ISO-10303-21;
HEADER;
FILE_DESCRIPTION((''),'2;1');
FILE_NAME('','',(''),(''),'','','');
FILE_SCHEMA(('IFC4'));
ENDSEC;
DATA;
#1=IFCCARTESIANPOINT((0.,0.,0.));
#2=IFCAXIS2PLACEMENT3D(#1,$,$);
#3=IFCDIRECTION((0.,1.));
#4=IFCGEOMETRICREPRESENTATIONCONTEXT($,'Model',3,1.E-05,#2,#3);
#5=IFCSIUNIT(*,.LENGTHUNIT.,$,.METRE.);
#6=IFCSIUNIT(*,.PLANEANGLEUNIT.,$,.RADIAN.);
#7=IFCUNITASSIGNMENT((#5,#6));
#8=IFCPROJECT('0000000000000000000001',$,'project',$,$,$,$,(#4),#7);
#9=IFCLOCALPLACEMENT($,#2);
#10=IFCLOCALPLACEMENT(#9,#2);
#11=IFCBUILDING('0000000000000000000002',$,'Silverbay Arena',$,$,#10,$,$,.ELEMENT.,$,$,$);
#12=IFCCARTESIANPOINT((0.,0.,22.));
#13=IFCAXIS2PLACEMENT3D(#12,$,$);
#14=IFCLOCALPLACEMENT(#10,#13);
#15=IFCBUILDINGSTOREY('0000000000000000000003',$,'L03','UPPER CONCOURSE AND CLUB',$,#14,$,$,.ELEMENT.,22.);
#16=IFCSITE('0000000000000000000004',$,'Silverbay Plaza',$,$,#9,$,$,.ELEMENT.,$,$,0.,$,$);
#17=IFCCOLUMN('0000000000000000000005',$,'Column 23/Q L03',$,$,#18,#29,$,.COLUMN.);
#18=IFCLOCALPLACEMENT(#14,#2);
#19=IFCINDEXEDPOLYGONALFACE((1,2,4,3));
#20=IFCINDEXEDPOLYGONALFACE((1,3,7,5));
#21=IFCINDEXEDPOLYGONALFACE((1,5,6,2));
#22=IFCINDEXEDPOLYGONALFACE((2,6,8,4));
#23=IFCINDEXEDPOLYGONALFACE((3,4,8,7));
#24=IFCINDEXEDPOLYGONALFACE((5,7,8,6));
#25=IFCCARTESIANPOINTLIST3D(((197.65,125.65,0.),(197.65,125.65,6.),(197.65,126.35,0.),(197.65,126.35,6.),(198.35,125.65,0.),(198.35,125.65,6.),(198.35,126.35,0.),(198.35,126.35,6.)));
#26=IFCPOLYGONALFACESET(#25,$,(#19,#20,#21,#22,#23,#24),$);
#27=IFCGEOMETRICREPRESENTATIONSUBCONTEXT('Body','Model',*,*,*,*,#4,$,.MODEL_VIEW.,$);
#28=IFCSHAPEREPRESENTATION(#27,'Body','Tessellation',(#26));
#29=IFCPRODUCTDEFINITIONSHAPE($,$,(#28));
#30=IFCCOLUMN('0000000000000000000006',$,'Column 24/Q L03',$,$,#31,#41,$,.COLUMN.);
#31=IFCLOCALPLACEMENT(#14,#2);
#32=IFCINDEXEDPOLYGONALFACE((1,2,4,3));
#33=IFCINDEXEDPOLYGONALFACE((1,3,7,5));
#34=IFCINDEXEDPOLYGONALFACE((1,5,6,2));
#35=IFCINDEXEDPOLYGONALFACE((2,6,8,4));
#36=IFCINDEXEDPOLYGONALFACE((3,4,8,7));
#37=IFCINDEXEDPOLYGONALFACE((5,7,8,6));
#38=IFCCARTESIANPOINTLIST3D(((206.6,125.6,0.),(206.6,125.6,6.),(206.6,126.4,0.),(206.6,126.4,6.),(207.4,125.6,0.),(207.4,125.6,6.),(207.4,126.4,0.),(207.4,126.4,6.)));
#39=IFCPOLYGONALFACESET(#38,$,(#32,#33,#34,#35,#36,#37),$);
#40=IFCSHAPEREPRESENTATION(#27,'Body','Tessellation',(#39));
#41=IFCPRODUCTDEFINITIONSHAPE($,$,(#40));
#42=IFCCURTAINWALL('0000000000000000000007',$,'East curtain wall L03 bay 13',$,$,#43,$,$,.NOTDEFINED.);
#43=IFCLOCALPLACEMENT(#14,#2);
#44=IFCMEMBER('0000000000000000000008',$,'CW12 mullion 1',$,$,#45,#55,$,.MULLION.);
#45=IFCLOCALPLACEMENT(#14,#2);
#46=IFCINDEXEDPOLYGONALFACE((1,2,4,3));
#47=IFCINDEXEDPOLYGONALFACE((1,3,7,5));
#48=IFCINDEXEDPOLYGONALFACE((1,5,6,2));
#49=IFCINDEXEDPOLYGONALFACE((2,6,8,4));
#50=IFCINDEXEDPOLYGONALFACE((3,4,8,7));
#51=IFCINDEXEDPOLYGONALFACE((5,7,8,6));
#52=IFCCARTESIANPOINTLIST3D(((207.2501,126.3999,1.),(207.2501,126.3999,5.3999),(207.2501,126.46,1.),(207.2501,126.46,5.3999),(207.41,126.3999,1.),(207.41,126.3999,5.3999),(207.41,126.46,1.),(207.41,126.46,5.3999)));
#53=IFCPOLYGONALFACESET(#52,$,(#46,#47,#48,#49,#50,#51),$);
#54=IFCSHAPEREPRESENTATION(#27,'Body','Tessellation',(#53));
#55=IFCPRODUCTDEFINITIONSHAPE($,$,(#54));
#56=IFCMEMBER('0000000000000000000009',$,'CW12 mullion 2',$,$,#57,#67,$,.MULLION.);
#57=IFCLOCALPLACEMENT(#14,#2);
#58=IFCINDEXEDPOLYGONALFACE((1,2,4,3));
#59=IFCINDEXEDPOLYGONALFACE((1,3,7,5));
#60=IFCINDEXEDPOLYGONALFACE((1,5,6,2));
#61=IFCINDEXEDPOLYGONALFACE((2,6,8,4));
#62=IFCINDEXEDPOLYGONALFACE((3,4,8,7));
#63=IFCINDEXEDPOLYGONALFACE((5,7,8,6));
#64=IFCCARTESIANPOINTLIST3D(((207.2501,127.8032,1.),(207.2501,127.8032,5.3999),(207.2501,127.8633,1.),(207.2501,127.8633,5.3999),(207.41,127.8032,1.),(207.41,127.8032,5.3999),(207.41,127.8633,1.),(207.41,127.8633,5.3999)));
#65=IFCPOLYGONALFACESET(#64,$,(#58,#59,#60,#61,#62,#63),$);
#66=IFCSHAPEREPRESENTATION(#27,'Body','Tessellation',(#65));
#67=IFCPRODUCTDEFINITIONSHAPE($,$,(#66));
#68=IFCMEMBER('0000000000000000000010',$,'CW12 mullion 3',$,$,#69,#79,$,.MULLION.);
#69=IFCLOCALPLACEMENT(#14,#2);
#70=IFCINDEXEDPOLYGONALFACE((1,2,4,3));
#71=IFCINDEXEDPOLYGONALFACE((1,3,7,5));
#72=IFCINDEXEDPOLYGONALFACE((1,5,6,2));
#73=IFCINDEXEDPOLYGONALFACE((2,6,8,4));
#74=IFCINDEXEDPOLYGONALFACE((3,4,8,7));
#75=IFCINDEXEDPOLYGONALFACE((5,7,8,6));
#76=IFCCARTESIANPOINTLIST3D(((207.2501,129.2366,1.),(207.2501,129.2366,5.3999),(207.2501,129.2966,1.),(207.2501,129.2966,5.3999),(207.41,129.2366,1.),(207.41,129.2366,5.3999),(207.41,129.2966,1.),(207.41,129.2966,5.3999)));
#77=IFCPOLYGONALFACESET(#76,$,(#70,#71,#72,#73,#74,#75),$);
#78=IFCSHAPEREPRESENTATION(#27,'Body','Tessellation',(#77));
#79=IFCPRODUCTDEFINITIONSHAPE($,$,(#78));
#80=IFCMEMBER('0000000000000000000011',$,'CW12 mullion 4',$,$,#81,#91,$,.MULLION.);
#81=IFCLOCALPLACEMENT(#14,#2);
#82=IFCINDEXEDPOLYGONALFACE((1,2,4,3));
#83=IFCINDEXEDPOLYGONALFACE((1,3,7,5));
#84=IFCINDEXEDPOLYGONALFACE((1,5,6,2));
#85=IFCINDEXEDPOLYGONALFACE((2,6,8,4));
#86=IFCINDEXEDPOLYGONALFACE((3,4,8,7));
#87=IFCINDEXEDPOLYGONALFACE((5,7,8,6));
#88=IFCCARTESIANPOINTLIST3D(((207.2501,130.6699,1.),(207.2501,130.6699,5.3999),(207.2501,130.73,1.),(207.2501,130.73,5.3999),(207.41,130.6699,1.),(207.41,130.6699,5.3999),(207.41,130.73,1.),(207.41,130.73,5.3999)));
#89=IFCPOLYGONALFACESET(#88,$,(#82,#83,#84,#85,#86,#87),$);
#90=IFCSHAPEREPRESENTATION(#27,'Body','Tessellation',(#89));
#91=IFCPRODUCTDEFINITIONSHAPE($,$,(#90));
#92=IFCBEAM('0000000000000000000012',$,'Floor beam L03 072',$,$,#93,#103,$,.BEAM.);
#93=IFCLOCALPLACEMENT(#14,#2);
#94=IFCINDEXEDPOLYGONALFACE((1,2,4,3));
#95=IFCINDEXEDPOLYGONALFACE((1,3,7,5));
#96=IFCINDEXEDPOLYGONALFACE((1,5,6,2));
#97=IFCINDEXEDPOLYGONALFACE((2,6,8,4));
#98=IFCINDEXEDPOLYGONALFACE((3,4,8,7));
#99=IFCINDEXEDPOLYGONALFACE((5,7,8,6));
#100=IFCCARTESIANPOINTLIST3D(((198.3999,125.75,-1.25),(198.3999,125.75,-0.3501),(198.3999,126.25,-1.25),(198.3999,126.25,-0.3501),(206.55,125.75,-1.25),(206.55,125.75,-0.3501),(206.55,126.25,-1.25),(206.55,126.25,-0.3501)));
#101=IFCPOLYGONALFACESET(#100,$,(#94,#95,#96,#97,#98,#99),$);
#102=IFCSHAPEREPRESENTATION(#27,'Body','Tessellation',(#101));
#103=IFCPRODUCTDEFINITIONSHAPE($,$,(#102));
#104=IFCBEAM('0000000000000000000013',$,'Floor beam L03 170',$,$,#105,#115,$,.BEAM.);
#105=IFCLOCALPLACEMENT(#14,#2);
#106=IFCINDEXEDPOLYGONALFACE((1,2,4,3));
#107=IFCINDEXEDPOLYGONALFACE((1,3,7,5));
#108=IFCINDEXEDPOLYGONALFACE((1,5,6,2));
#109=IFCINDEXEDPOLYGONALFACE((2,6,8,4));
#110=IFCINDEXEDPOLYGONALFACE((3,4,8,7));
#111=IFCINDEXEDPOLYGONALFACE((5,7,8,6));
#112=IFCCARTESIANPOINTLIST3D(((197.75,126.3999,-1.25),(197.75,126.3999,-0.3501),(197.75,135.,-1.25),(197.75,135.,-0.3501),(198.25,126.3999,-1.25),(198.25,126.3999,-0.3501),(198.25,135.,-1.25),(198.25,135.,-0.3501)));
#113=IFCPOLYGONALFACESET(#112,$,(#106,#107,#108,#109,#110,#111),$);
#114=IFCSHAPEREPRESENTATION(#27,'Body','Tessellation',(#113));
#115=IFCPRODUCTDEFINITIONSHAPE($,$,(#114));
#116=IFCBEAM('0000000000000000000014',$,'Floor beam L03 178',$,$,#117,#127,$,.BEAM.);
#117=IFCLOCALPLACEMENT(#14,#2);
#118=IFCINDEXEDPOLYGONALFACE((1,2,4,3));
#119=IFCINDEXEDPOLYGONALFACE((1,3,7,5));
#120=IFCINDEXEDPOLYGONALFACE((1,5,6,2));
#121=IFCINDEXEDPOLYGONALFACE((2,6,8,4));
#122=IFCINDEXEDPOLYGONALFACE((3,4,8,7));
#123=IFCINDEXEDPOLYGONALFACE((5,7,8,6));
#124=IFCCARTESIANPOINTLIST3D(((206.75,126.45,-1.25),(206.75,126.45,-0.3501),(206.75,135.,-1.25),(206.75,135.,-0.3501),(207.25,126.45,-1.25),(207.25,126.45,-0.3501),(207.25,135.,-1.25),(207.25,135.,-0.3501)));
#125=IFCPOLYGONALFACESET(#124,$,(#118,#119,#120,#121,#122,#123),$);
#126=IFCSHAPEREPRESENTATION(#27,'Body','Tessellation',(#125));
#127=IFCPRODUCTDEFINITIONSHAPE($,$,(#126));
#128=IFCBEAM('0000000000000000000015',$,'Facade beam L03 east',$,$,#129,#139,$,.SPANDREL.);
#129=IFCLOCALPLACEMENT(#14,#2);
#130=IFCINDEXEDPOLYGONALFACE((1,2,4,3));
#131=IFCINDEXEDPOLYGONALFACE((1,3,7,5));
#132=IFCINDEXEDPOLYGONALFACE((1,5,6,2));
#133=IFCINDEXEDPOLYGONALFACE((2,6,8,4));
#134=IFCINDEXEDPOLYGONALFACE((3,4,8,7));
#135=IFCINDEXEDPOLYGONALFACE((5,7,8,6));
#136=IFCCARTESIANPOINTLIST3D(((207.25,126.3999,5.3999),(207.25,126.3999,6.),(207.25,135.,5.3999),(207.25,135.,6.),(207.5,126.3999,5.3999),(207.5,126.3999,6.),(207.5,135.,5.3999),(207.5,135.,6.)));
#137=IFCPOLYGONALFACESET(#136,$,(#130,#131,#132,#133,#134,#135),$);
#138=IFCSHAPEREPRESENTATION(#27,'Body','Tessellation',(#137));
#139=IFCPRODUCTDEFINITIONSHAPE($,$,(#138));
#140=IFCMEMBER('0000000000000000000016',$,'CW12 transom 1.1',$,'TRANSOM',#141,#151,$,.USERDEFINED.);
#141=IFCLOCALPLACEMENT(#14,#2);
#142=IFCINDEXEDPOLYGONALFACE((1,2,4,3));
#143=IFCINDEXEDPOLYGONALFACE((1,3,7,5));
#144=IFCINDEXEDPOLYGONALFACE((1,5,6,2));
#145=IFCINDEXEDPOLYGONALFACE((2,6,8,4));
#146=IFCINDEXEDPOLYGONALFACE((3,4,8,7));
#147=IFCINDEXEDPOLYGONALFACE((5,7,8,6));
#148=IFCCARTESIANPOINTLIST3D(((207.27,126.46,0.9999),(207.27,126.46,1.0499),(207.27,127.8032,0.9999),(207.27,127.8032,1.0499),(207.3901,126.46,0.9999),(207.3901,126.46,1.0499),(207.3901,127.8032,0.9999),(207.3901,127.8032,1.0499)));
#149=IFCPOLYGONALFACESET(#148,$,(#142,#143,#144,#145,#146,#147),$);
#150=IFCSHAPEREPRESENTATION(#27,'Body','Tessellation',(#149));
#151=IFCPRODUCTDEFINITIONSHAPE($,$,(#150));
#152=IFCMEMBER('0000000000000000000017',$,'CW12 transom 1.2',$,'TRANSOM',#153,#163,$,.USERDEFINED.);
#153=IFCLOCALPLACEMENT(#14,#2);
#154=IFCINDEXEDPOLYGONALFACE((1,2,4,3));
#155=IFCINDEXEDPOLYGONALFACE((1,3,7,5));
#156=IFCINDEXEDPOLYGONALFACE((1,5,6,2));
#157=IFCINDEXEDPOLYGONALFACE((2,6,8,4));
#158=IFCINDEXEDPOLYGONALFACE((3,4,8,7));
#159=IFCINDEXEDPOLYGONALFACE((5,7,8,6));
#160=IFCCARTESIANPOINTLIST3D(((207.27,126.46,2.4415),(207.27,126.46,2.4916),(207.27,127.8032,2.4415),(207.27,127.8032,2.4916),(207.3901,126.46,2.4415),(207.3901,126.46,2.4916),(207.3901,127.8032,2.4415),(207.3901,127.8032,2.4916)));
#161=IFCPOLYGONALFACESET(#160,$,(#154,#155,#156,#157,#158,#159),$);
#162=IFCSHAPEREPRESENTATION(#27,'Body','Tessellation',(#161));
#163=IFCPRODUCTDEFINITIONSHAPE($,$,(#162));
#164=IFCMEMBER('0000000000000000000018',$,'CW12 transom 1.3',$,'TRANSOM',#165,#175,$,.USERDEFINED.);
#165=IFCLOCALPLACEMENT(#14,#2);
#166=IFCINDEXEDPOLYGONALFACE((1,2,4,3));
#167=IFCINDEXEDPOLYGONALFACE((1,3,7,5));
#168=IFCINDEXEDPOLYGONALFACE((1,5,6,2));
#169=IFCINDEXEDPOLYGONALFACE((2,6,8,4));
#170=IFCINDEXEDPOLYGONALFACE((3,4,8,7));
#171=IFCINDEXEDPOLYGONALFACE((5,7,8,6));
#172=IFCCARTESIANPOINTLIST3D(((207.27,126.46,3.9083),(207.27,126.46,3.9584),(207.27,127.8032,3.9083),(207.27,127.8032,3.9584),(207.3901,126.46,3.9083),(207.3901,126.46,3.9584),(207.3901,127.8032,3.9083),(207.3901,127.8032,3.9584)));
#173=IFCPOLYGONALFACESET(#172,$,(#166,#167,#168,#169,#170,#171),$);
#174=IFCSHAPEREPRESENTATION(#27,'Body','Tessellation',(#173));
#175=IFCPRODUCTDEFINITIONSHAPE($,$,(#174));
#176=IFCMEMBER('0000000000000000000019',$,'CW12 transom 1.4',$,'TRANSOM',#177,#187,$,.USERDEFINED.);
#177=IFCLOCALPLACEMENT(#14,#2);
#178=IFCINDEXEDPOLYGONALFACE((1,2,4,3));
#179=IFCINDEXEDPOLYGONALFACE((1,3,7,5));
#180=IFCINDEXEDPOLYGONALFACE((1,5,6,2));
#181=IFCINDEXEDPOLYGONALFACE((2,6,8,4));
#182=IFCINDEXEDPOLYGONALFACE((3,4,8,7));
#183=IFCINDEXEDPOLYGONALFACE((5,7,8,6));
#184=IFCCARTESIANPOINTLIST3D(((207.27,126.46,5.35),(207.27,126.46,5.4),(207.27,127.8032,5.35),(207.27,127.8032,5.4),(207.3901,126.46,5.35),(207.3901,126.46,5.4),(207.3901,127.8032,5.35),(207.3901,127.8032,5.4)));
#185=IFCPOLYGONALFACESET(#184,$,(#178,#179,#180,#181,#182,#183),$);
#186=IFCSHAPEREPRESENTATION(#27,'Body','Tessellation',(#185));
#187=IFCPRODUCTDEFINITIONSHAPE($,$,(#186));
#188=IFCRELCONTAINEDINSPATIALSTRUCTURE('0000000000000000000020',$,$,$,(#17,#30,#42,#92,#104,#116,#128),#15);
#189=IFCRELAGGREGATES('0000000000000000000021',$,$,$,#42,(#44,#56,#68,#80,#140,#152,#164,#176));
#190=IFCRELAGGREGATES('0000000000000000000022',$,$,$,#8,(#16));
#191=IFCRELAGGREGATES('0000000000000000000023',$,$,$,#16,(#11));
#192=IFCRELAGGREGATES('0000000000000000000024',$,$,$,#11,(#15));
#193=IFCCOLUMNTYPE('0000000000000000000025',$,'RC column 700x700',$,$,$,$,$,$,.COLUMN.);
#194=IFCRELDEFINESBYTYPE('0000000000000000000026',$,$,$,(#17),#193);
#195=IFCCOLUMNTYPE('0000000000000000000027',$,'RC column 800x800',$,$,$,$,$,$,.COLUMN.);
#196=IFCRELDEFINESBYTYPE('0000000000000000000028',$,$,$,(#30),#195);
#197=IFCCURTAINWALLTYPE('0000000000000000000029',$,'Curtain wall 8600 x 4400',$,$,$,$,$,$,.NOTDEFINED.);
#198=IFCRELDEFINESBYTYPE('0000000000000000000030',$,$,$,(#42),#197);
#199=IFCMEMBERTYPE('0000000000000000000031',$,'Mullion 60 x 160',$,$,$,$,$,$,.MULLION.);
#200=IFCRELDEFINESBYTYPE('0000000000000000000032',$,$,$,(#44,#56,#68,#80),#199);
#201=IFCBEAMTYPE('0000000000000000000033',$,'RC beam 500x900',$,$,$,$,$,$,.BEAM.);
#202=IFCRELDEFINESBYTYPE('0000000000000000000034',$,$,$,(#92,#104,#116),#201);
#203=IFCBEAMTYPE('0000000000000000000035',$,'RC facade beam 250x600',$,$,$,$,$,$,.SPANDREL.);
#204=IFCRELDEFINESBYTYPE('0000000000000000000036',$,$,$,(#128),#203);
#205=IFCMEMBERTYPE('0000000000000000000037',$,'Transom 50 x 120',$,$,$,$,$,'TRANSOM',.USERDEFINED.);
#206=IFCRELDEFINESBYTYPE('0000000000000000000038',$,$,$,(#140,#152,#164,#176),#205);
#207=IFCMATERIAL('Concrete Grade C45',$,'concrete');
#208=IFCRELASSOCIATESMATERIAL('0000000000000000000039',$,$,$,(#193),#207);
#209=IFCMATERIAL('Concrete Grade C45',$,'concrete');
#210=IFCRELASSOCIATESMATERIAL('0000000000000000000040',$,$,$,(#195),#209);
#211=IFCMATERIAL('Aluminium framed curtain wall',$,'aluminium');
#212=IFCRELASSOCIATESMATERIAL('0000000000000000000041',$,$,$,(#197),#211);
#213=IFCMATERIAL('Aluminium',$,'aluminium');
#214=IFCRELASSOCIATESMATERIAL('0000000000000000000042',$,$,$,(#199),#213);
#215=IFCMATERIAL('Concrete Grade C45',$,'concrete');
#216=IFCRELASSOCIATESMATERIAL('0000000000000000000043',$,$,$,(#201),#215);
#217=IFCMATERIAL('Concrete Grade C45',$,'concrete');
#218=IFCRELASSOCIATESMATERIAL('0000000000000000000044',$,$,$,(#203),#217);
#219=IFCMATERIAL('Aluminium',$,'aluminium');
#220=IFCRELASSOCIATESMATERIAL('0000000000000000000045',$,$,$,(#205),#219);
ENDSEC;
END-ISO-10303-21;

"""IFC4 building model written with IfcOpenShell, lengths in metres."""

from ifc_helpers import new_model, si_unit, direction, frame, origin, origin_2d, place, context, subcontext, project, spatial, rectangle, extrude, material, material_profile, profile_set, type_object, element, aggregate, save


model = new_model("IFC4")

# Units and contexts
model_context = context("Model", 3, precision=1e-05, world=origin(), true_north=direction((0.0, 1.0)))
body_context = subcontext(model_context, "Body", "Model", "MODEL_VIEW")
ifc_project = project(units=[si_unit("LENGTHUNIT", "METRE"), si_unit("PLANEANGLEUNIT", "RADIAN")], contexts=[model_context])

# Site, building, storey
site_placement = place(None, origin())
site = spatial("IfcSite", under=ifc_project, at=site_placement, Name="Silverbay Plaza", CompositionType="ELEMENT", RefElevation=0.0)
building_placement = place(site_placement, origin())
building = spatial("IfcBuilding", under=site, at=building_placement, Name="Silverbay Arena", CompositionType="ELEMENT")
storey_placement = place(building_placement, frame((0.0, 0.0, 22.0)))
storey = spatial("IfcBuildingStorey", under=building, at=storey_placement, Name="L03", Description="UPPER CONCOURSE AND CLUB", CompositionType="ELEMENT", Elevation=22.0)

# Columns
ifc_material_1 = material(Name="Concrete Grade C45", Category="concrete")
ifc_material_profile_1 = material_profile(ifc_material_1, rectangle(XDim=0.7, YDim=0.7, at=origin_2d()), Name="RC 700x700")
ifc_profile_set_1 = profile_set([ifc_material_profile_1], Name="Concrete Grade C45")
column_type_1 = type_object("IfcColumnType", Name="RC column 700x700", PredefinedType="COLUMN", material=ifc_profile_set_1)
column_1_placement = place(storey_placement, frame((198.0, 126.0, 0.0), z_axis=(0.0, 0.0, 1.0), x_axis=(1.0, 0.0, 0.0)))
element("IfcColumn", 1, at=column_1_placement, inside=storey, type_object=column_type_1, Name="Column 23/Q L03", PredefinedType="COLUMN", context=body_context, shape_type="SweptSolid", body=[
    extrude(rectangle(XDim=0.7, YDim=0.7, at=origin_2d()), origin(), (0.0, 0.0, 1.0), 6.0),
])
ifc_material_2 = material(Name="Concrete Grade C45", Category="concrete")
ifc_material_profile_2 = material_profile(ifc_material_2, rectangle(XDim=0.8, YDim=0.8, at=origin_2d()), Name="RC 800x800")
ifc_profile_set_2 = profile_set([ifc_material_profile_2], Name="Concrete Grade C45")
column_type_2 = type_object("IfcColumnType", Name="RC column 800x800", PredefinedType="COLUMN", material=ifc_profile_set_2)
column_2_placement = place(storey_placement, frame((207.0, 126.0, 0.0), z_axis=(0.0, 0.0, 1.0), x_axis=(1.0, 0.0, 0.0)))
element("IfcColumn", 2, at=column_2_placement, inside=storey, type_object=column_type_2, Name="Column 24/Q L03", PredefinedType="COLUMN", context=body_context, shape_type="SweptSolid", body=[
    extrude(rectangle(XDim=0.8, YDim=0.8, at=origin_2d()), origin(), (0.0, 0.0, 1.0), 6.0),
])

# Curtain wall, members
ifc_material_3 = material(Name="Aluminium framed curtain wall", Category="aluminium")
curtain_wall_type = type_object("IfcCurtainWallType", Name="Curtain wall 8600 x 4400", PredefinedType="NOTDEFINED", material=ifc_material_3)
curtain_wall_placement = place(storey_placement, origin())
curtain_wall = element("IfcCurtainWall", 3, at=curtain_wall_placement, inside=storey, type_object=curtain_wall_type, Name="East curtain wall L03 bay 13", PredefinedType="NOTDEFINED")
ifc_material_4 = material(Name="Aluminium", Category="aluminium")
ifc_material_profile_3 = material_profile(ifc_material_4, rectangle(XDim=0.1599, YDim=0.0601, at=origin_2d()), Name="Mullion 60 x 160")
ifc_profile_set_3 = profile_set([ifc_material_profile_3], Name="Aluminium")
member_type_1 = type_object("IfcMemberType", Name="Mullion 60 x 160", PredefinedType="MULLION", material=ifc_profile_set_3)
member_1_placement = place(storey_placement, frame((207.3301, 126.4299, 1.0), z_axis=(0.0, 0.0, 1.0), x_axis=(-1.0, 0.0, 0.0)))
member_1 = element("IfcMember", 4, at=member_1_placement, type_object=member_type_1, Name="CW12 mullion 1", PredefinedType="MULLION", context=body_context, shape_type="SweptSolid", body=[
    extrude(rectangle(XDim=0.1599, YDim=0.0601, at=origin_2d()), origin(), (0.0, 0.0, 1.0), 4.3999),
])
member_2_placement = place(storey_placement, frame((207.3301, 127.8333, 1.0), z_axis=(0.0, 0.0, 1.0), x_axis=(-1.0, 0.0, 0.0)))
member_2 = element("IfcMember", 5, at=member_2_placement, type_object=member_type_1, Name="CW12 mullion 2", PredefinedType="MULLION", context=body_context, shape_type="SweptSolid", body=[
    extrude(rectangle(XDim=0.1599, YDim=0.0601, at=origin_2d()), origin(), (0.0, 0.0, 1.0), 4.3999),
])
member_3_placement = place(storey_placement, frame((207.3301, 129.2666, 1.0), z_axis=(0.0, 0.0, 1.0), x_axis=(-1.0, 0.0, 0.0)))
member_3 = element("IfcMember", 6, at=member_3_placement, type_object=member_type_1, Name="CW12 mullion 3", PredefinedType="MULLION", context=body_context, shape_type="SweptSolid", body=[
    extrude(rectangle(XDim=0.1599, YDim=0.0601, at=origin_2d()), origin(), (0.0, 0.0, 1.0), 4.3999),
])
member_4_placement = place(storey_placement, frame((207.3301, 130.7, 1.0), z_axis=(0.0, 0.0, 1.0), x_axis=(-1.0, 0.0, 0.0)))
member_4 = element("IfcMember", 7, at=member_4_placement, type_object=member_type_1, Name="CW12 mullion 4", PredefinedType="MULLION", context=body_context, shape_type="SweptSolid", body=[
    extrude(rectangle(XDim=0.1599, YDim=0.0601, at=origin_2d()), origin(), (0.0, 0.0, 1.0), 4.3999),
])

# Beams
ifc_material_5 = material(Name="Concrete Grade C45", Category="concrete")
ifc_material_profile_4 = material_profile(ifc_material_5, rectangle(XDim=0.5, YDim=0.8999, at=origin_2d()), Name="RC 500x900")
ifc_profile_set_4 = profile_set([ifc_material_profile_4], Name="Concrete Grade C45")
beam_type_1 = type_object("IfcBeamType", Name="RC beam 500x900", PredefinedType="BEAM", material=ifc_profile_set_4)
beam_1_placement = place(storey_placement, frame((198.3999, 126.0, -0.8), z_axis=(1.0, 0.0, 0.0), x_axis=(0.0, 1.0, 0.0)))
element("IfcBeam", 8, at=beam_1_placement, inside=storey, type_object=beam_type_1, Name="Floor beam L03 072", PredefinedType="BEAM", context=body_context, shape_type="SweptSolid", body=[
    extrude(rectangle(XDim=0.5, YDim=0.8999, at=origin_2d()), origin(), (0.0, 0.0, 1.0), 8.1501),
])
beam_2_placement = place(storey_placement, frame((198.0, 126.3999, -0.8), z_axis=(0.0, 1.0, 0.0), x_axis=(-1.0, 0.0, 0.0)))
element("IfcBeam", 9, at=beam_2_placement, inside=storey, type_object=beam_type_1, Name="Floor beam L03 170", PredefinedType="BEAM", context=body_context, shape_type="SweptSolid", body=[
    extrude(rectangle(XDim=0.5, YDim=0.8999, at=origin_2d()), origin(), (0.0, 0.0, 1.0), 8.6001),
])
beam_3_placement = place(storey_placement, frame((207.0, 126.45, -0.8), z_axis=(0.0, 1.0, 0.0), x_axis=(-1.0, 0.0, 0.0)))
element("IfcBeam", 10, at=beam_3_placement, inside=storey, type_object=beam_type_1, Name="Floor beam L03 178", PredefinedType="BEAM", context=body_context, shape_type="SweptSolid", body=[
    extrude(rectangle(XDim=0.5, YDim=0.8999, at=origin_2d()), origin(), (0.0, 0.0, 1.0), 8.55),
])
ifc_material_6 = material(Name="Concrete Grade C45", Category="concrete")
ifc_material_profile_5 = material_profile(ifc_material_6, rectangle(XDim=0.25, YDim=0.6001, at=origin_2d()), Name="RC 250x600")
ifc_profile_set_5 = profile_set([ifc_material_profile_5], Name="Concrete Grade C45")
beam_type_2 = type_object("IfcBeamType", Name="RC facade beam 250x600", PredefinedType="SPANDREL", material=ifc_profile_set_5)
beam_4_placement = place(storey_placement, frame((207.375, 126.3999, 5.7), z_axis=(0.0, 1.0, 0.0), x_axis=(-1.0, 0.0, 0.0)))
element("IfcBeam", 11, at=beam_4_placement, inside=storey, type_object=beam_type_2, Name="Facade beam L03 east", PredefinedType="SPANDREL", context=body_context, shape_type="SweptSolid", body=[
    extrude(rectangle(XDim=0.25, YDim=0.6001, at=origin_2d()), origin(), (0.0, 0.0, 1.0), 8.6001),
])

# Members
ifc_material_7 = material(Name="Aluminium", Category="aluminium")
ifc_material_profile_6 = material_profile(ifc_material_7, rectangle(XDim=0.1201, YDim=0.05, at=origin_2d()), Name="Transom 50 x 120")
ifc_profile_set_6 = profile_set([ifc_material_profile_6], Name="Aluminium")
member_type_2 = type_object("IfcMemberType", Name="Transom 50 x 120", ElementType="TRANSOM", PredefinedType="USERDEFINED", material=ifc_profile_set_6)
member_5_placement = place(storey_placement, frame((207.3301, 126.46, 1.0249), z_axis=(0.0, 1.0, 0.0), x_axis=(-1.0, 0.0, 0.0)))
member_5 = element("IfcMember", 12, at=member_5_placement, type_object=member_type_2, Name="CW12 transom 1.1", ObjectType="TRANSOM", PredefinedType="USERDEFINED", context=body_context, shape_type="SweptSolid", body=[
    extrude(rectangle(XDim=0.1201, YDim=0.05, at=origin_2d()), origin(), (0.0, 0.0, 1.0), 1.3433),
])
member_6_placement = place(storey_placement, frame((207.3301, 126.46, 2.4666), z_axis=(0.0, 1.0, 0.0), x_axis=(-1.0, 0.0, 0.0)))
member_6 = element("IfcMember", 13, at=member_6_placement, type_object=member_type_2, Name="CW12 transom 1.2", ObjectType="TRANSOM", PredefinedType="USERDEFINED", context=body_context, shape_type="SweptSolid", body=[
    extrude(rectangle(XDim=0.1201, YDim=0.05, at=origin_2d()), origin(), (0.0, 0.0, 1.0), 1.3433),
])
member_7_placement = place(storey_placement, frame((207.3301, 126.46, 3.9333), z_axis=(0.0, 1.0, 0.0), x_axis=(-1.0, 0.0, 0.0)))
member_7 = element("IfcMember", 14, at=member_7_placement, type_object=member_type_2, Name="CW12 transom 1.3", ObjectType="TRANSOM", PredefinedType="USERDEFINED", context=body_context, shape_type="SweptSolid", body=[
    extrude(rectangle(XDim=0.1201, YDim=0.05, at=origin_2d()), origin(), (0.0, 0.0, 1.0), 1.3433),
])
member_8_placement = place(storey_placement, frame((207.3301, 126.46, 5.375), z_axis=(0.0, 1.0, 0.0), x_axis=(-1.0, 0.0, 0.0)))
member_8 = element("IfcMember", 15, at=member_8_placement, type_object=member_type_2, Name="CW12 transom 1.4", ObjectType="TRANSOM", PredefinedType="USERDEFINED", context=body_context, shape_type="SweptSolid", body=[
    extrude(rectangle(XDim=0.1201, YDim=0.05, at=origin_2d()), origin(), (0.0, 0.0, 1.0), 1.3433),
])

aggregate(curtain_wall, [member_1, member_2, member_3, member_4, member_5, member_6, member_7, member_8])

save(model, "model.ifc")
